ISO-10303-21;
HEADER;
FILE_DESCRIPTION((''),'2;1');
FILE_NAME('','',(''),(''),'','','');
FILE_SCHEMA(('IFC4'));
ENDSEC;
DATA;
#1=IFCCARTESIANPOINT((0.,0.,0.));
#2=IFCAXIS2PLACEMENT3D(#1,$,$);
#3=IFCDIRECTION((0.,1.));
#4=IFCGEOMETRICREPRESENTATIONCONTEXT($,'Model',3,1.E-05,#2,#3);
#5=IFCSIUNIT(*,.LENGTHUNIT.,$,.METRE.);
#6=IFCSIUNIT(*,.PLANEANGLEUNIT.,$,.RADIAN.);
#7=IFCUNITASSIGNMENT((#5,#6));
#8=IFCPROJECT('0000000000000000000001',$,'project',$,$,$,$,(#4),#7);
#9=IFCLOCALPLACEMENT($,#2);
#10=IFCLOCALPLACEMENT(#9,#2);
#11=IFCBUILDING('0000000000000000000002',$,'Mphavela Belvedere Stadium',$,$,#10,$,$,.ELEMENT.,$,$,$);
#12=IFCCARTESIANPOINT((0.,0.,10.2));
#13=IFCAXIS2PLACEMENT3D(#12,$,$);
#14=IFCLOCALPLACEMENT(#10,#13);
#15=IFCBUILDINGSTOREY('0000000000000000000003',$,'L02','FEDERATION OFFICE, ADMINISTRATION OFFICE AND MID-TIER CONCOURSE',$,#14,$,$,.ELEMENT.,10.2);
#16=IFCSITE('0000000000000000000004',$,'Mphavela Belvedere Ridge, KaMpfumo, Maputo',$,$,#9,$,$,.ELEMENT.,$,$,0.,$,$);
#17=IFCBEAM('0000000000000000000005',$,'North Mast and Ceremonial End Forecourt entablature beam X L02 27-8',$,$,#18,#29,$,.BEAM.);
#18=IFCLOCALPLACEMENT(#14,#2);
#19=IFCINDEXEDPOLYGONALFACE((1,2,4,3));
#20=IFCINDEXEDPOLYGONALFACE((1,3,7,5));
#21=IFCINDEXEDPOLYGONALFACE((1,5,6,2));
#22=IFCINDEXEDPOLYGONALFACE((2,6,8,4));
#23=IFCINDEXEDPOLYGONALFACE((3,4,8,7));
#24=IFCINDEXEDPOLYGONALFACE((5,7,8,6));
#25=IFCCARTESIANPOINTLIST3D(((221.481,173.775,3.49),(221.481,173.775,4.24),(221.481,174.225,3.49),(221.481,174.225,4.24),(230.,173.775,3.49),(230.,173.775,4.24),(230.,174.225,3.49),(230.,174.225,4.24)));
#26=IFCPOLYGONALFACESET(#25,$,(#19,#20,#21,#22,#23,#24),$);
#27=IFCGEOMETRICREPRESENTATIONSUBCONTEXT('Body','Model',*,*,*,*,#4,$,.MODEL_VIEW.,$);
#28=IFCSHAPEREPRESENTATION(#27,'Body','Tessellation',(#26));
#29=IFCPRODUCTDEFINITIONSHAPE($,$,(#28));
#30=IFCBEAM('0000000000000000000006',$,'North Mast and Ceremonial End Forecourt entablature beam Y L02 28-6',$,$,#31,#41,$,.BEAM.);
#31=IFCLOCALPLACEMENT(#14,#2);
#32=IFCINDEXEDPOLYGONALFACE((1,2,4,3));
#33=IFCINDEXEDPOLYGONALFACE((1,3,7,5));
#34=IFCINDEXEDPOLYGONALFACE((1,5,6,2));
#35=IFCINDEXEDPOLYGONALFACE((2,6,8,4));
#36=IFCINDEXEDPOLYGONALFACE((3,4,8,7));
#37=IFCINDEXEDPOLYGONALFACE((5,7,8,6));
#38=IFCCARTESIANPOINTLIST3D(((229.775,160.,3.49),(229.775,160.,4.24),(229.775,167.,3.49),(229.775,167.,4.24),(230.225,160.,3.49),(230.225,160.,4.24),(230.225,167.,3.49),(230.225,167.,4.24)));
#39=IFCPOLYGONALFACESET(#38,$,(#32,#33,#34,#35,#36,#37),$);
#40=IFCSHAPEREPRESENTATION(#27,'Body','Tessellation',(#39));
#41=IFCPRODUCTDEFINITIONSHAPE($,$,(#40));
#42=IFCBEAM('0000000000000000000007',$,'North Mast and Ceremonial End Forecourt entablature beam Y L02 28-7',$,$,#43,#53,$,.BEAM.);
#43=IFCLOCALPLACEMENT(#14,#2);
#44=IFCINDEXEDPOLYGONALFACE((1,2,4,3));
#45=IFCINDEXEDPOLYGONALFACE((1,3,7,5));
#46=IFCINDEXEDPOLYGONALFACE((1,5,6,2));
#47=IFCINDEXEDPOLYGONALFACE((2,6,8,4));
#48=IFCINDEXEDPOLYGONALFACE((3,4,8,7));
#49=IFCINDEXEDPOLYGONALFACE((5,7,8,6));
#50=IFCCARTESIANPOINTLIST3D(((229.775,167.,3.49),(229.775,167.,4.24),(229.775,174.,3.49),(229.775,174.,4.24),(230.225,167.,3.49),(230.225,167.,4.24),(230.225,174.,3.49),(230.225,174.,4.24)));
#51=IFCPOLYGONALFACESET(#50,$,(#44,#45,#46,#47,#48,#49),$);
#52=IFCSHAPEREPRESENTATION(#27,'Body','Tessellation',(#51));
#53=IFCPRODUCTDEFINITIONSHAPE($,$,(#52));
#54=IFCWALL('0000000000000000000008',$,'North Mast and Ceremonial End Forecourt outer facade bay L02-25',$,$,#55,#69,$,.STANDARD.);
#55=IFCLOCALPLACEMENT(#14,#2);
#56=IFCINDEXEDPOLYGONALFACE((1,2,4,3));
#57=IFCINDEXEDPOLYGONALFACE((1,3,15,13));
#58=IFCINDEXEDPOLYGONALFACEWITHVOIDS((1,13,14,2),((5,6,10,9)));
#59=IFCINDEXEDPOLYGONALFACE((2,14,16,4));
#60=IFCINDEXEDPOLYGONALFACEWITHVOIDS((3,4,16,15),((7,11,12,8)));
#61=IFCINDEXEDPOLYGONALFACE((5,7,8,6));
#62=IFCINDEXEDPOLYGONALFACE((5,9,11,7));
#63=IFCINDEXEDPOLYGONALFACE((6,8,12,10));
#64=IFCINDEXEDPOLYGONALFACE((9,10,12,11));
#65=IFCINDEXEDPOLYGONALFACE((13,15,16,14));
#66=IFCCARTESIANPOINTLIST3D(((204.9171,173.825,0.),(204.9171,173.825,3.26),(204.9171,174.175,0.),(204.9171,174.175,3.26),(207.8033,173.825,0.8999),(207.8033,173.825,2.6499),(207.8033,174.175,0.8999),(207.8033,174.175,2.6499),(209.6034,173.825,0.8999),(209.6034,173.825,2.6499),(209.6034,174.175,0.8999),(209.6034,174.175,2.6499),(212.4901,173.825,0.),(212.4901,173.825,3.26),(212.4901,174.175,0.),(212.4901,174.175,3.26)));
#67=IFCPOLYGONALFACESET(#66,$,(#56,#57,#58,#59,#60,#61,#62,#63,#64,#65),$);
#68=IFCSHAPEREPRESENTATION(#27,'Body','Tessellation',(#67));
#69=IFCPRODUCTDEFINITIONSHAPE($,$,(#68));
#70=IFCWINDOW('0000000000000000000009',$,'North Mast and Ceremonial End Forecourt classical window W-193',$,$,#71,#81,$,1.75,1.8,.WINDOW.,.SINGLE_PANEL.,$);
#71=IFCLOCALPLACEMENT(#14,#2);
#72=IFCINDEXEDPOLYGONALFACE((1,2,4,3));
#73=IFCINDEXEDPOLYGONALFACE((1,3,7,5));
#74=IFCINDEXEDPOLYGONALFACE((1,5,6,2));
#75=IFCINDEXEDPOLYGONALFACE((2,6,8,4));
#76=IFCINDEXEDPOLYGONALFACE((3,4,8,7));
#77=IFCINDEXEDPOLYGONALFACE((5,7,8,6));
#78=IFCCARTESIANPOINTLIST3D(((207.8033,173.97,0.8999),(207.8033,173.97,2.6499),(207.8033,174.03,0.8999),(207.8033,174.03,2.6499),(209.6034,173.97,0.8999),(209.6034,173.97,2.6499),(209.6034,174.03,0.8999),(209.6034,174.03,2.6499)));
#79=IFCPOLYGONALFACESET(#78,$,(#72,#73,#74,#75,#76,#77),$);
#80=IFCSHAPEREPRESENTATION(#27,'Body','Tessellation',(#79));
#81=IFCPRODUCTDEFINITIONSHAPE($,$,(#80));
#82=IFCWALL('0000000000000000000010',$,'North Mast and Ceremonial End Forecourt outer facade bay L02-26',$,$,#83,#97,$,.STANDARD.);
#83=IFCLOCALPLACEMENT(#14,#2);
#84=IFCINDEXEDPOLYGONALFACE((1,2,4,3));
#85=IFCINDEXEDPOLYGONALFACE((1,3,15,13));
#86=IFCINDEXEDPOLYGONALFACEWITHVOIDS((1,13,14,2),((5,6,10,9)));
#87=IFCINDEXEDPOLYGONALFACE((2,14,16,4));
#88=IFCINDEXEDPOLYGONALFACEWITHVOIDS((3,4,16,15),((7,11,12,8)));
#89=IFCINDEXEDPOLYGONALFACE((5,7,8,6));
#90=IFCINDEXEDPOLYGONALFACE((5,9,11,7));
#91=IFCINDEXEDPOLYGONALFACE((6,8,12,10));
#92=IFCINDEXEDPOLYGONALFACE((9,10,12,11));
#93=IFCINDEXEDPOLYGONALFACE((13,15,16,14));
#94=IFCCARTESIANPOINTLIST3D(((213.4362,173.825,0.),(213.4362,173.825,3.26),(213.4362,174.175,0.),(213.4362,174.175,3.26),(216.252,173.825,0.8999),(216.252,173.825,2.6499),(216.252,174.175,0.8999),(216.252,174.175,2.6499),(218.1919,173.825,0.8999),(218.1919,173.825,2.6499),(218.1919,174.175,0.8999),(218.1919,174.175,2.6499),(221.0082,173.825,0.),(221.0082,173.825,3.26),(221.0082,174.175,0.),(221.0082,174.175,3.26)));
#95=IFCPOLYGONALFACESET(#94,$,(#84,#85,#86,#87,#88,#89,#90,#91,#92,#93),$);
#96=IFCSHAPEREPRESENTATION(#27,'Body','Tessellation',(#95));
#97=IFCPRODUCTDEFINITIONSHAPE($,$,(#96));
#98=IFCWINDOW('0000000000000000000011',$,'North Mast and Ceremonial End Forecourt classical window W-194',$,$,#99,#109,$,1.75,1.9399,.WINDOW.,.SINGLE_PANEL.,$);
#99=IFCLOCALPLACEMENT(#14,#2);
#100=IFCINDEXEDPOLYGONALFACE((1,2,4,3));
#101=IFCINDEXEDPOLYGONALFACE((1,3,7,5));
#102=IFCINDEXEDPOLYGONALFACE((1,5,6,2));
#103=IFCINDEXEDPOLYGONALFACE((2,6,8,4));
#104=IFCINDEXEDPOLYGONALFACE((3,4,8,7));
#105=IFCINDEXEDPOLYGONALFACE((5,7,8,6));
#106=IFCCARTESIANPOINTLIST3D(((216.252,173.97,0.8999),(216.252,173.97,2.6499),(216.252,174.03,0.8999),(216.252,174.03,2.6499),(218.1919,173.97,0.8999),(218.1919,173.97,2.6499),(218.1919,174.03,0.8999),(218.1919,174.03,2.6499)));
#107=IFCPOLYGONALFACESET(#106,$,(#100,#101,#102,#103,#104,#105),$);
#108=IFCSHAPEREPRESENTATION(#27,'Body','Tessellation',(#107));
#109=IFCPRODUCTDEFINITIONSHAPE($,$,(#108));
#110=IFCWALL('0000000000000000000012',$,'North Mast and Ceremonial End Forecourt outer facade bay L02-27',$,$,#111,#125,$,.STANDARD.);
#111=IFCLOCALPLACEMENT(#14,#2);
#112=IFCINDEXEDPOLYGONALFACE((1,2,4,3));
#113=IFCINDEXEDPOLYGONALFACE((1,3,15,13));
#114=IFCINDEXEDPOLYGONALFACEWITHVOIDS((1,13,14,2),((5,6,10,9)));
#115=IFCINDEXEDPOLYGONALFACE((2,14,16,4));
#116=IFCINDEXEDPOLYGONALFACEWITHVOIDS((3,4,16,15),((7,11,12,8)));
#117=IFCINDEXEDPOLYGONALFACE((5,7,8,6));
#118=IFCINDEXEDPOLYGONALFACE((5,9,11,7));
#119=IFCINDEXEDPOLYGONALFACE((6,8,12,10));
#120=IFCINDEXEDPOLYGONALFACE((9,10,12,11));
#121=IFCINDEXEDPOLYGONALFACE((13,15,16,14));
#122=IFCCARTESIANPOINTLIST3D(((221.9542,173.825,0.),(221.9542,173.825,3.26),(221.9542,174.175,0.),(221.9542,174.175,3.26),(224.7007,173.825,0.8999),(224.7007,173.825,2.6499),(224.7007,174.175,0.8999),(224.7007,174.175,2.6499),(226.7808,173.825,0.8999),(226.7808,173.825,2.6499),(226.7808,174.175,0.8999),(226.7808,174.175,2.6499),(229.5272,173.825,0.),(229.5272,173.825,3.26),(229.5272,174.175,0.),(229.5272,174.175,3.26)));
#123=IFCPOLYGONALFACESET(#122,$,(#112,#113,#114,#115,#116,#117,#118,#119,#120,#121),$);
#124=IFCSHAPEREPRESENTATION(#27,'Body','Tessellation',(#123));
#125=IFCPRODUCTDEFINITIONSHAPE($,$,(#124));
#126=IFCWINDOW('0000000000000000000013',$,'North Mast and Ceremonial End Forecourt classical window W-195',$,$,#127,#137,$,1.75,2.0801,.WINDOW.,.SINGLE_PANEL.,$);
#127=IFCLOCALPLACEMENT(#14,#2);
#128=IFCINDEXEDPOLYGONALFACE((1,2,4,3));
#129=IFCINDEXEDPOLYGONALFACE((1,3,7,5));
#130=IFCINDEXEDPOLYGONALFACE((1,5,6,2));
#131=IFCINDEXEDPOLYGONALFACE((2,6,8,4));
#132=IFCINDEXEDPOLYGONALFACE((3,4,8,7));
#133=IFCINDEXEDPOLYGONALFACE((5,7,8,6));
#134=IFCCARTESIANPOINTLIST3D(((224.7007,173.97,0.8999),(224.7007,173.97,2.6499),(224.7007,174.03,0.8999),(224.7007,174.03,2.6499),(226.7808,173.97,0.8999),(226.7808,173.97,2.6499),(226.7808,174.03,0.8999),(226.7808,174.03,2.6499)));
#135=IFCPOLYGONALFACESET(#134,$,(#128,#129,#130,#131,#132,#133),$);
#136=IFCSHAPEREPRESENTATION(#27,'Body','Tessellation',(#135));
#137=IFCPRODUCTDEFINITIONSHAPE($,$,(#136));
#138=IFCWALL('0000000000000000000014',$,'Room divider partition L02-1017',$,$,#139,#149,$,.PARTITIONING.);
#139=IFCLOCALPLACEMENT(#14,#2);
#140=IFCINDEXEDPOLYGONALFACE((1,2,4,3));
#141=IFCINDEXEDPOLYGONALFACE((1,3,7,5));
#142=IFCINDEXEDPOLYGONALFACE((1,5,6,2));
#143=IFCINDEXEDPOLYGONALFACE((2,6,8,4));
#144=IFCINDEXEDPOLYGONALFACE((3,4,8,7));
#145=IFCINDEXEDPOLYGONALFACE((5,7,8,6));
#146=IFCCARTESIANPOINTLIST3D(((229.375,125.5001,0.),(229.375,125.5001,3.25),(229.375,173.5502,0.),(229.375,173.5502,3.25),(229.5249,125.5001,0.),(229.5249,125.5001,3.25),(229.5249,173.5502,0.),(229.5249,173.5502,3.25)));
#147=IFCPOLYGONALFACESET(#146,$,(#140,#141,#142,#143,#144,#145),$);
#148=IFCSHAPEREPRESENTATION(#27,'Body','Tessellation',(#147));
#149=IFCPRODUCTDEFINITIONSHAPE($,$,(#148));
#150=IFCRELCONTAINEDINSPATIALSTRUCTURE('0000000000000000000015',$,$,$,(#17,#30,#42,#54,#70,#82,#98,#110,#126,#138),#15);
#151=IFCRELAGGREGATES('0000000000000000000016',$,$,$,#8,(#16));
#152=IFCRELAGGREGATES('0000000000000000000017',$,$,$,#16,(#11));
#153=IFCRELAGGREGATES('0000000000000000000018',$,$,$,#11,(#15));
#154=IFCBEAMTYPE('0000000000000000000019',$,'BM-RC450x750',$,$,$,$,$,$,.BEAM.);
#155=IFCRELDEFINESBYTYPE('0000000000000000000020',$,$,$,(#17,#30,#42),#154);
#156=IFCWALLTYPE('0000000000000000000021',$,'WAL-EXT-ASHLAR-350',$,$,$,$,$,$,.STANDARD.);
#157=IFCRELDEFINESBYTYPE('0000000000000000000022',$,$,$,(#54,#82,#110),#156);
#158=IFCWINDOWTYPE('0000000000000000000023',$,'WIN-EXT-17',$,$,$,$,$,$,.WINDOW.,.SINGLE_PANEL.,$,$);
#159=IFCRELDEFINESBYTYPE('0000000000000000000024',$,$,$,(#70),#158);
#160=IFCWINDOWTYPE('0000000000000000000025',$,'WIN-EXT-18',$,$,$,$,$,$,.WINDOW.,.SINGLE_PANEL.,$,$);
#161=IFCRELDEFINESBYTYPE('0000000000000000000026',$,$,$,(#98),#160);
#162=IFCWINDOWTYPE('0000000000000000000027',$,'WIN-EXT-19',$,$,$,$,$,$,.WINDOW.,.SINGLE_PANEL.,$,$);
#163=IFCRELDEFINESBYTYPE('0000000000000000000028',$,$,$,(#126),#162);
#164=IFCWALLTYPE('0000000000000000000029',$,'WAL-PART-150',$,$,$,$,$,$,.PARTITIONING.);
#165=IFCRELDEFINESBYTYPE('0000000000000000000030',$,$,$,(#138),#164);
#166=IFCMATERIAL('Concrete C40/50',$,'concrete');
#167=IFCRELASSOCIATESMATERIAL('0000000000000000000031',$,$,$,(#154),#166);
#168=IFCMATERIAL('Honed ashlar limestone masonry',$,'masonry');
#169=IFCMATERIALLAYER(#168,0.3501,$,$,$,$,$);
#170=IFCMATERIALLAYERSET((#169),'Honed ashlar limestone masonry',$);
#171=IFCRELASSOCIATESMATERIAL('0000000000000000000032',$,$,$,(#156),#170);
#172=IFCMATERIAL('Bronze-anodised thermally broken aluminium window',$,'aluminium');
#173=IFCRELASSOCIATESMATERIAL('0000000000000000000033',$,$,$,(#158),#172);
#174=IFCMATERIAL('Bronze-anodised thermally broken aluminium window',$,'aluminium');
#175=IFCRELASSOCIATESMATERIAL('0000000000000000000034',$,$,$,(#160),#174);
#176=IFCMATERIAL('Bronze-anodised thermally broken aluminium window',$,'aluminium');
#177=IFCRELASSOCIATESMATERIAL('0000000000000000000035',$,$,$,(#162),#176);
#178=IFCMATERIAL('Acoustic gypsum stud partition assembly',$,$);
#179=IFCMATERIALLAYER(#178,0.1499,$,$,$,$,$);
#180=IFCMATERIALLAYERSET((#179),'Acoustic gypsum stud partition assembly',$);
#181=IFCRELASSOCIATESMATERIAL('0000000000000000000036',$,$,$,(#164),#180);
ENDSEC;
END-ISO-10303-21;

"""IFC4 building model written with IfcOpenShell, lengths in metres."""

from ifc_helpers import new_model, si_unit, direction, frame, frame_2d, origin, origin_2d, place, context, subcontext, project, spatial, rectangle, extrude, material, layer, layer_set, material_profile, profile_set, type_object, element, fill, save


model = new_model("IFC4")

# Units and contexts
model_context = context("Model", 3, precision=1e-05, world=origin(), true_north=direction((0.0, 1.0)))
body_context = subcontext(model_context, "Body", "Model", "MODEL_VIEW")
ifc_project = project(units=[si_unit("LENGTHUNIT", "METRE"), si_unit("PLANEANGLEUNIT", "RADIAN")], contexts=[model_context])

# Site, building, storey
site_placement = place(None, origin())
site = spatial("IfcSite", under=ifc_project, at=site_placement, Name="Mphavela Belvedere Ridge, KaMpfumo, Maputo", CompositionType="ELEMENT", RefElevation=0.0)
building_placement = place(site_placement, origin())
building = spatial("IfcBuilding", under=site, at=building_placement, Name="Mphavela Belvedere Stadium", CompositionType="ELEMENT")
storey_placement = place(building_placement, frame((0.0, 0.0, 10.2)))
storey = spatial("IfcBuildingStorey", under=building, at=storey_placement, Name="L02", Description="FEDERATION OFFICE, ADMINISTRATION OFFICE AND MID-TIER CONCOURSE", CompositionType="ELEMENT", Elevation=10.2)

# Beams
ifc_material_1 = material(Name="Concrete C40/50", Category="concrete")
ifc_material_profile_1 = material_profile(ifc_material_1, rectangle(XDim=0.45, YDim=0.75, at=origin_2d()), Name="RC 450x750")
ifc_profile_set_1 = profile_set([ifc_material_profile_1], Name="Concrete C40/50")
beam_type_1 = type_object("IfcBeamType", Name="BM-RC450x750", PredefinedType="BEAM", material=ifc_profile_set_1)
beam_1_placement = place(storey_placement, frame((221.481, 174.0, 3.865), z_axis=(1.0, 0.0, 0.0), x_axis=(0.0, 1.0, 0.0)))
element("IfcBeam", 1, at=beam_1_placement, inside=storey, type_object=beam_type_1, Name="North Mast and Ceremonial End Forecourt entablature beam X L02 27-8", PredefinedType="BEAM", context=body_context, shape_type="SweptSolid", body=[
    extrude(rectangle(XDim=0.45, YDim=0.75, at=origin_2d()), origin(), (0.0, 0.0, 1.0), 8.519),
])
for number, where, z_axis, x_axis, name in (
    (2, (230.0, 160.0, 3.865), (0.0, 1.0, 0.0), (-1.0, 0.0, 0.0), "North Mast and Ceremonial End Forecourt entablature beam Y L02 28-6"),
    (3, (230.0, 167.0, 3.865), (0.0, 1.0, 0.0), (-1.0, 0.0, 0.0), "North Mast and Ceremonial End Forecourt entablature beam Y L02 28-7"),
):
    element("IfcBeam", number, at=place(storey_placement, frame(where, z_axis=z_axis, x_axis=x_axis)), inside=storey, type_object=beam_type_1, Name=name, PredefinedType="BEAM", context=body_context, shape_type="SweptSolid", body=[
        extrude(rectangle(XDim=0.45, YDim=0.75, at=origin_2d()), origin(), (0.0, 0.0, 1.0), 7.0),
    ])

# Walls, openings, windows
ifc_material_2 = material(Name="Honed ashlar limestone masonry", Category="masonry")
ifc_layer_1 = layer(ifc_material_2, 0.3501)
ifc_layer_set_1 = layer_set([ifc_layer_1], Name="Honed ashlar limestone masonry")
wall_type_1 = type_object("IfcWallType", Name="WAL-EXT-ASHLAR-350", PredefinedType="STANDARD", material=ifc_layer_set_1)
wall_1_placement = place(storey_placement, frame((204.917, 174.0, 0.0), z_axis=(0.0, 0.0, 1.0), x_axis=(1.0, 0.0, 0.0)))
wall_1 = element("IfcWall", 4, at=wall_1_placement, inside=storey, type_object=wall_type_1, Name="North Mast and Ceremonial End Forecourt outer facade bay L02-25", PredefinedType="STANDARD", context=body_context, shape_type="SweptSolid", body=[
    extrude(rectangle(XDim=7.573, YDim=0.3501, at=frame_2d((3.7866, 0.0))), origin(), (0.0, 0.0, 1.0), 3.26),
])
opening_1_placement = place(wall_1_placement, frame((2.8865, 0.0, 0.8999)))
opening_1 = element("IfcOpeningElement", 5, at=opening_1_placement, cuts=wall_1, PredefinedType="OPENING", context=body_context, shape_type="SweptSolid", body=[
    extrude(rectangle(XDim=1.8, YDim=1.75, at=frame_2d((0.8999, 0.875))), frame((0.0, 0.1851, 0.0), z_axis=(0.0, -1.0, 0.0), x_axis=(1.0, 0.0, 0.0)), (0.0, 0.0, 1.0), 0.3701),
])
ifc_material_3 = material(Name="Bronze-anodised thermally broken aluminium window", Category="aluminium")
window_type_1 = type_object("IfcWindowType", Name="WIN-EXT-17", PartitioningType="SINGLE_PANEL", PredefinedType="WINDOW", material=ifc_material_3)
window_1_placement = place(opening_1_placement, origin())
window_1 = element("IfcWindow", 6, at=window_1_placement, inside=storey, type_object=window_type_1, Name="North Mast and Ceremonial End Forecourt classical window W-193", OverallHeight=1.75, OverallWidth=1.8, PartitioningType="SINGLE_PANEL", PredefinedType="WINDOW", context=body_context, shape_type="SweptSolid", body=[
    extrude(rectangle(XDim=1.8, YDim=1.75, at=frame_2d((0.8999, 0.875))), frame((0.0, 0.03, 0.0), z_axis=(0.0, -1.0, 0.0), x_axis=(1.0, 0.0, 0.0)), (0.0, 0.0, 1.0), 0.0601),
])
fill(opening_1, window_1)
wall_2_placement = place(storey_placement, frame((213.436, 174.0, 0.0), z_axis=(0.0, 0.0, 1.0), x_axis=(1.0, 0.0, 0.0)))
wall_2 = element("IfcWall", 7, at=wall_2_placement, inside=storey, type_object=wall_type_1, Name="North Mast and Ceremonial End Forecourt outer facade bay L02-26", PredefinedType="STANDARD", context=body_context, shape_type="SweptSolid", body=[
    extrude(rectangle(XDim=7.572, YDim=0.3501, at=frame_2d((3.7861, 0.0))), origin(), (0.0, 0.0, 1.0), 3.26),
])
opening_2_placement = place(wall_2_placement, frame((2.8159, 0.0, 0.8999)))
opening_2 = element("IfcOpeningElement", 8, at=opening_2_placement, cuts=wall_2, PredefinedType="OPENING", context=body_context, shape_type="SweptSolid", body=[
    extrude(rectangle(XDim=1.9399, YDim=1.75, at=frame_2d((0.97, 0.875))), frame((0.0, 0.1851, 0.0), z_axis=(0.0, -1.0, 0.0), x_axis=(1.0, 0.0, 0.0)), (0.0, 0.0, 1.0), 0.3701),
])
ifc_material_4 = material(Name="Bronze-anodised thermally broken aluminium window", Category="aluminium")
window_type_2 = type_object("IfcWindowType", Name="WIN-EXT-18", PartitioningType="SINGLE_PANEL", PredefinedType="WINDOW", material=ifc_material_4)
window_2_placement = place(opening_2_placement, origin())
window_2 = element("IfcWindow", 9, at=window_2_placement, inside=storey, type_object=window_type_2, Name="North Mast and Ceremonial End Forecourt classical window W-194", OverallHeight=1.75, OverallWidth=1.9399, PartitioningType="SINGLE_PANEL", PredefinedType="WINDOW", context=body_context, shape_type="SweptSolid", body=[
    extrude(rectangle(XDim=1.9399, YDim=1.75, at=frame_2d((0.97, 0.875))), frame((0.0, 0.03, 0.0), z_axis=(0.0, -1.0, 0.0), x_axis=(1.0, 0.0, 0.0)), (0.0, 0.0, 1.0), 0.0601),
])
fill(opening_2, window_2)
wall_3_placement = place(storey_placement, frame((221.9541, 174.0, 0.0), z_axis=(0.0, 0.0, 1.0), x_axis=(1.0, 0.0, 0.0)))
wall_3 = element("IfcWall", 10, at=wall_3_placement, inside=storey, type_object=wall_type_1, Name="North Mast and Ceremonial End Forecourt outer facade bay L02-27", PredefinedType="STANDARD", context=body_context, shape_type="SweptSolid", body=[
    extrude(rectangle(XDim=7.573, YDim=0.3501, at=frame_2d((3.7866, 0.0))), origin(), (0.0, 0.0, 1.0), 3.26),
])
opening_3_placement = place(wall_3_placement, frame((2.7466, 0.0, 0.8999)))
opening_3 = element("IfcOpeningElement", 11, at=opening_3_placement, cuts=wall_3, PredefinedType="OPENING", context=body_context, shape_type="SweptSolid", body=[
    extrude(rectangle(XDim=2.0801, YDim=1.75, at=frame_2d((1.04, 0.875))), frame((0.0, 0.1851, 0.0), z_axis=(0.0, -1.0, 0.0), x_axis=(1.0, 0.0, 0.0)), (0.0, 0.0, 1.0), 0.3701),
])
ifc_material_5 = material(Name="Bronze-anodised thermally broken aluminium window", Category="aluminium")
window_type_3 = type_object("IfcWindowType", Name="WIN-EXT-19", PartitioningType="SINGLE_PANEL", PredefinedType="WINDOW", material=ifc_material_5)
window_3_placement = place(opening_3_placement, origin())
window_3 = element("IfcWindow", 12, at=window_3_placement, inside=storey, type_object=window_type_3, Name="North Mast and Ceremonial End Forecourt classical window W-195", OverallHeight=1.75, OverallWidth=2.0801, PartitioningType="SINGLE_PANEL", PredefinedType="WINDOW", context=body_context, shape_type="SweptSolid", body=[
    extrude(rectangle(XDim=2.0801, YDim=1.75, at=frame_2d((1.04, 0.875))), frame((0.0, 0.03, 0.0), z_axis=(0.0, -1.0, 0.0), x_axis=(1.0, 0.0, 0.0)), (0.0, 0.0, 1.0), 0.0601),
])
fill(opening_3, window_3)

# Wall
ifc_material_6 = material(Name="Acoustic gypsum stud partition assembly")
ifc_layer_2 = layer(ifc_material_6, 0.1499)
ifc_layer_set_2 = layer_set([ifc_layer_2], Name="Acoustic gypsum stud partition assembly")
wall_type_2 = type_object("IfcWallType", Name="WAL-PART-150", PredefinedType="PARTITIONING", material=ifc_layer_set_2)
wall_4_placement = place(storey_placement, frame((229.45, 173.55, 0.0), z_axis=(0.0, 0.0, 1.0), x_axis=(0.0, -1.0, 0.0)))
element("IfcWall", 13, at=wall_4_placement, inside=storey, type_object=wall_type_2, Name="Room divider partition L02-1017", PredefinedType="PARTITIONING", context=body_context, shape_type="SweptSolid", body=[
    extrude(rectangle(XDim=48.05, YDim=0.1499, at=frame_2d((24.0249, 0.0))), origin(), (0.0, 0.0, 1.0), 3.25),
])

save(model, "model.ifc")
